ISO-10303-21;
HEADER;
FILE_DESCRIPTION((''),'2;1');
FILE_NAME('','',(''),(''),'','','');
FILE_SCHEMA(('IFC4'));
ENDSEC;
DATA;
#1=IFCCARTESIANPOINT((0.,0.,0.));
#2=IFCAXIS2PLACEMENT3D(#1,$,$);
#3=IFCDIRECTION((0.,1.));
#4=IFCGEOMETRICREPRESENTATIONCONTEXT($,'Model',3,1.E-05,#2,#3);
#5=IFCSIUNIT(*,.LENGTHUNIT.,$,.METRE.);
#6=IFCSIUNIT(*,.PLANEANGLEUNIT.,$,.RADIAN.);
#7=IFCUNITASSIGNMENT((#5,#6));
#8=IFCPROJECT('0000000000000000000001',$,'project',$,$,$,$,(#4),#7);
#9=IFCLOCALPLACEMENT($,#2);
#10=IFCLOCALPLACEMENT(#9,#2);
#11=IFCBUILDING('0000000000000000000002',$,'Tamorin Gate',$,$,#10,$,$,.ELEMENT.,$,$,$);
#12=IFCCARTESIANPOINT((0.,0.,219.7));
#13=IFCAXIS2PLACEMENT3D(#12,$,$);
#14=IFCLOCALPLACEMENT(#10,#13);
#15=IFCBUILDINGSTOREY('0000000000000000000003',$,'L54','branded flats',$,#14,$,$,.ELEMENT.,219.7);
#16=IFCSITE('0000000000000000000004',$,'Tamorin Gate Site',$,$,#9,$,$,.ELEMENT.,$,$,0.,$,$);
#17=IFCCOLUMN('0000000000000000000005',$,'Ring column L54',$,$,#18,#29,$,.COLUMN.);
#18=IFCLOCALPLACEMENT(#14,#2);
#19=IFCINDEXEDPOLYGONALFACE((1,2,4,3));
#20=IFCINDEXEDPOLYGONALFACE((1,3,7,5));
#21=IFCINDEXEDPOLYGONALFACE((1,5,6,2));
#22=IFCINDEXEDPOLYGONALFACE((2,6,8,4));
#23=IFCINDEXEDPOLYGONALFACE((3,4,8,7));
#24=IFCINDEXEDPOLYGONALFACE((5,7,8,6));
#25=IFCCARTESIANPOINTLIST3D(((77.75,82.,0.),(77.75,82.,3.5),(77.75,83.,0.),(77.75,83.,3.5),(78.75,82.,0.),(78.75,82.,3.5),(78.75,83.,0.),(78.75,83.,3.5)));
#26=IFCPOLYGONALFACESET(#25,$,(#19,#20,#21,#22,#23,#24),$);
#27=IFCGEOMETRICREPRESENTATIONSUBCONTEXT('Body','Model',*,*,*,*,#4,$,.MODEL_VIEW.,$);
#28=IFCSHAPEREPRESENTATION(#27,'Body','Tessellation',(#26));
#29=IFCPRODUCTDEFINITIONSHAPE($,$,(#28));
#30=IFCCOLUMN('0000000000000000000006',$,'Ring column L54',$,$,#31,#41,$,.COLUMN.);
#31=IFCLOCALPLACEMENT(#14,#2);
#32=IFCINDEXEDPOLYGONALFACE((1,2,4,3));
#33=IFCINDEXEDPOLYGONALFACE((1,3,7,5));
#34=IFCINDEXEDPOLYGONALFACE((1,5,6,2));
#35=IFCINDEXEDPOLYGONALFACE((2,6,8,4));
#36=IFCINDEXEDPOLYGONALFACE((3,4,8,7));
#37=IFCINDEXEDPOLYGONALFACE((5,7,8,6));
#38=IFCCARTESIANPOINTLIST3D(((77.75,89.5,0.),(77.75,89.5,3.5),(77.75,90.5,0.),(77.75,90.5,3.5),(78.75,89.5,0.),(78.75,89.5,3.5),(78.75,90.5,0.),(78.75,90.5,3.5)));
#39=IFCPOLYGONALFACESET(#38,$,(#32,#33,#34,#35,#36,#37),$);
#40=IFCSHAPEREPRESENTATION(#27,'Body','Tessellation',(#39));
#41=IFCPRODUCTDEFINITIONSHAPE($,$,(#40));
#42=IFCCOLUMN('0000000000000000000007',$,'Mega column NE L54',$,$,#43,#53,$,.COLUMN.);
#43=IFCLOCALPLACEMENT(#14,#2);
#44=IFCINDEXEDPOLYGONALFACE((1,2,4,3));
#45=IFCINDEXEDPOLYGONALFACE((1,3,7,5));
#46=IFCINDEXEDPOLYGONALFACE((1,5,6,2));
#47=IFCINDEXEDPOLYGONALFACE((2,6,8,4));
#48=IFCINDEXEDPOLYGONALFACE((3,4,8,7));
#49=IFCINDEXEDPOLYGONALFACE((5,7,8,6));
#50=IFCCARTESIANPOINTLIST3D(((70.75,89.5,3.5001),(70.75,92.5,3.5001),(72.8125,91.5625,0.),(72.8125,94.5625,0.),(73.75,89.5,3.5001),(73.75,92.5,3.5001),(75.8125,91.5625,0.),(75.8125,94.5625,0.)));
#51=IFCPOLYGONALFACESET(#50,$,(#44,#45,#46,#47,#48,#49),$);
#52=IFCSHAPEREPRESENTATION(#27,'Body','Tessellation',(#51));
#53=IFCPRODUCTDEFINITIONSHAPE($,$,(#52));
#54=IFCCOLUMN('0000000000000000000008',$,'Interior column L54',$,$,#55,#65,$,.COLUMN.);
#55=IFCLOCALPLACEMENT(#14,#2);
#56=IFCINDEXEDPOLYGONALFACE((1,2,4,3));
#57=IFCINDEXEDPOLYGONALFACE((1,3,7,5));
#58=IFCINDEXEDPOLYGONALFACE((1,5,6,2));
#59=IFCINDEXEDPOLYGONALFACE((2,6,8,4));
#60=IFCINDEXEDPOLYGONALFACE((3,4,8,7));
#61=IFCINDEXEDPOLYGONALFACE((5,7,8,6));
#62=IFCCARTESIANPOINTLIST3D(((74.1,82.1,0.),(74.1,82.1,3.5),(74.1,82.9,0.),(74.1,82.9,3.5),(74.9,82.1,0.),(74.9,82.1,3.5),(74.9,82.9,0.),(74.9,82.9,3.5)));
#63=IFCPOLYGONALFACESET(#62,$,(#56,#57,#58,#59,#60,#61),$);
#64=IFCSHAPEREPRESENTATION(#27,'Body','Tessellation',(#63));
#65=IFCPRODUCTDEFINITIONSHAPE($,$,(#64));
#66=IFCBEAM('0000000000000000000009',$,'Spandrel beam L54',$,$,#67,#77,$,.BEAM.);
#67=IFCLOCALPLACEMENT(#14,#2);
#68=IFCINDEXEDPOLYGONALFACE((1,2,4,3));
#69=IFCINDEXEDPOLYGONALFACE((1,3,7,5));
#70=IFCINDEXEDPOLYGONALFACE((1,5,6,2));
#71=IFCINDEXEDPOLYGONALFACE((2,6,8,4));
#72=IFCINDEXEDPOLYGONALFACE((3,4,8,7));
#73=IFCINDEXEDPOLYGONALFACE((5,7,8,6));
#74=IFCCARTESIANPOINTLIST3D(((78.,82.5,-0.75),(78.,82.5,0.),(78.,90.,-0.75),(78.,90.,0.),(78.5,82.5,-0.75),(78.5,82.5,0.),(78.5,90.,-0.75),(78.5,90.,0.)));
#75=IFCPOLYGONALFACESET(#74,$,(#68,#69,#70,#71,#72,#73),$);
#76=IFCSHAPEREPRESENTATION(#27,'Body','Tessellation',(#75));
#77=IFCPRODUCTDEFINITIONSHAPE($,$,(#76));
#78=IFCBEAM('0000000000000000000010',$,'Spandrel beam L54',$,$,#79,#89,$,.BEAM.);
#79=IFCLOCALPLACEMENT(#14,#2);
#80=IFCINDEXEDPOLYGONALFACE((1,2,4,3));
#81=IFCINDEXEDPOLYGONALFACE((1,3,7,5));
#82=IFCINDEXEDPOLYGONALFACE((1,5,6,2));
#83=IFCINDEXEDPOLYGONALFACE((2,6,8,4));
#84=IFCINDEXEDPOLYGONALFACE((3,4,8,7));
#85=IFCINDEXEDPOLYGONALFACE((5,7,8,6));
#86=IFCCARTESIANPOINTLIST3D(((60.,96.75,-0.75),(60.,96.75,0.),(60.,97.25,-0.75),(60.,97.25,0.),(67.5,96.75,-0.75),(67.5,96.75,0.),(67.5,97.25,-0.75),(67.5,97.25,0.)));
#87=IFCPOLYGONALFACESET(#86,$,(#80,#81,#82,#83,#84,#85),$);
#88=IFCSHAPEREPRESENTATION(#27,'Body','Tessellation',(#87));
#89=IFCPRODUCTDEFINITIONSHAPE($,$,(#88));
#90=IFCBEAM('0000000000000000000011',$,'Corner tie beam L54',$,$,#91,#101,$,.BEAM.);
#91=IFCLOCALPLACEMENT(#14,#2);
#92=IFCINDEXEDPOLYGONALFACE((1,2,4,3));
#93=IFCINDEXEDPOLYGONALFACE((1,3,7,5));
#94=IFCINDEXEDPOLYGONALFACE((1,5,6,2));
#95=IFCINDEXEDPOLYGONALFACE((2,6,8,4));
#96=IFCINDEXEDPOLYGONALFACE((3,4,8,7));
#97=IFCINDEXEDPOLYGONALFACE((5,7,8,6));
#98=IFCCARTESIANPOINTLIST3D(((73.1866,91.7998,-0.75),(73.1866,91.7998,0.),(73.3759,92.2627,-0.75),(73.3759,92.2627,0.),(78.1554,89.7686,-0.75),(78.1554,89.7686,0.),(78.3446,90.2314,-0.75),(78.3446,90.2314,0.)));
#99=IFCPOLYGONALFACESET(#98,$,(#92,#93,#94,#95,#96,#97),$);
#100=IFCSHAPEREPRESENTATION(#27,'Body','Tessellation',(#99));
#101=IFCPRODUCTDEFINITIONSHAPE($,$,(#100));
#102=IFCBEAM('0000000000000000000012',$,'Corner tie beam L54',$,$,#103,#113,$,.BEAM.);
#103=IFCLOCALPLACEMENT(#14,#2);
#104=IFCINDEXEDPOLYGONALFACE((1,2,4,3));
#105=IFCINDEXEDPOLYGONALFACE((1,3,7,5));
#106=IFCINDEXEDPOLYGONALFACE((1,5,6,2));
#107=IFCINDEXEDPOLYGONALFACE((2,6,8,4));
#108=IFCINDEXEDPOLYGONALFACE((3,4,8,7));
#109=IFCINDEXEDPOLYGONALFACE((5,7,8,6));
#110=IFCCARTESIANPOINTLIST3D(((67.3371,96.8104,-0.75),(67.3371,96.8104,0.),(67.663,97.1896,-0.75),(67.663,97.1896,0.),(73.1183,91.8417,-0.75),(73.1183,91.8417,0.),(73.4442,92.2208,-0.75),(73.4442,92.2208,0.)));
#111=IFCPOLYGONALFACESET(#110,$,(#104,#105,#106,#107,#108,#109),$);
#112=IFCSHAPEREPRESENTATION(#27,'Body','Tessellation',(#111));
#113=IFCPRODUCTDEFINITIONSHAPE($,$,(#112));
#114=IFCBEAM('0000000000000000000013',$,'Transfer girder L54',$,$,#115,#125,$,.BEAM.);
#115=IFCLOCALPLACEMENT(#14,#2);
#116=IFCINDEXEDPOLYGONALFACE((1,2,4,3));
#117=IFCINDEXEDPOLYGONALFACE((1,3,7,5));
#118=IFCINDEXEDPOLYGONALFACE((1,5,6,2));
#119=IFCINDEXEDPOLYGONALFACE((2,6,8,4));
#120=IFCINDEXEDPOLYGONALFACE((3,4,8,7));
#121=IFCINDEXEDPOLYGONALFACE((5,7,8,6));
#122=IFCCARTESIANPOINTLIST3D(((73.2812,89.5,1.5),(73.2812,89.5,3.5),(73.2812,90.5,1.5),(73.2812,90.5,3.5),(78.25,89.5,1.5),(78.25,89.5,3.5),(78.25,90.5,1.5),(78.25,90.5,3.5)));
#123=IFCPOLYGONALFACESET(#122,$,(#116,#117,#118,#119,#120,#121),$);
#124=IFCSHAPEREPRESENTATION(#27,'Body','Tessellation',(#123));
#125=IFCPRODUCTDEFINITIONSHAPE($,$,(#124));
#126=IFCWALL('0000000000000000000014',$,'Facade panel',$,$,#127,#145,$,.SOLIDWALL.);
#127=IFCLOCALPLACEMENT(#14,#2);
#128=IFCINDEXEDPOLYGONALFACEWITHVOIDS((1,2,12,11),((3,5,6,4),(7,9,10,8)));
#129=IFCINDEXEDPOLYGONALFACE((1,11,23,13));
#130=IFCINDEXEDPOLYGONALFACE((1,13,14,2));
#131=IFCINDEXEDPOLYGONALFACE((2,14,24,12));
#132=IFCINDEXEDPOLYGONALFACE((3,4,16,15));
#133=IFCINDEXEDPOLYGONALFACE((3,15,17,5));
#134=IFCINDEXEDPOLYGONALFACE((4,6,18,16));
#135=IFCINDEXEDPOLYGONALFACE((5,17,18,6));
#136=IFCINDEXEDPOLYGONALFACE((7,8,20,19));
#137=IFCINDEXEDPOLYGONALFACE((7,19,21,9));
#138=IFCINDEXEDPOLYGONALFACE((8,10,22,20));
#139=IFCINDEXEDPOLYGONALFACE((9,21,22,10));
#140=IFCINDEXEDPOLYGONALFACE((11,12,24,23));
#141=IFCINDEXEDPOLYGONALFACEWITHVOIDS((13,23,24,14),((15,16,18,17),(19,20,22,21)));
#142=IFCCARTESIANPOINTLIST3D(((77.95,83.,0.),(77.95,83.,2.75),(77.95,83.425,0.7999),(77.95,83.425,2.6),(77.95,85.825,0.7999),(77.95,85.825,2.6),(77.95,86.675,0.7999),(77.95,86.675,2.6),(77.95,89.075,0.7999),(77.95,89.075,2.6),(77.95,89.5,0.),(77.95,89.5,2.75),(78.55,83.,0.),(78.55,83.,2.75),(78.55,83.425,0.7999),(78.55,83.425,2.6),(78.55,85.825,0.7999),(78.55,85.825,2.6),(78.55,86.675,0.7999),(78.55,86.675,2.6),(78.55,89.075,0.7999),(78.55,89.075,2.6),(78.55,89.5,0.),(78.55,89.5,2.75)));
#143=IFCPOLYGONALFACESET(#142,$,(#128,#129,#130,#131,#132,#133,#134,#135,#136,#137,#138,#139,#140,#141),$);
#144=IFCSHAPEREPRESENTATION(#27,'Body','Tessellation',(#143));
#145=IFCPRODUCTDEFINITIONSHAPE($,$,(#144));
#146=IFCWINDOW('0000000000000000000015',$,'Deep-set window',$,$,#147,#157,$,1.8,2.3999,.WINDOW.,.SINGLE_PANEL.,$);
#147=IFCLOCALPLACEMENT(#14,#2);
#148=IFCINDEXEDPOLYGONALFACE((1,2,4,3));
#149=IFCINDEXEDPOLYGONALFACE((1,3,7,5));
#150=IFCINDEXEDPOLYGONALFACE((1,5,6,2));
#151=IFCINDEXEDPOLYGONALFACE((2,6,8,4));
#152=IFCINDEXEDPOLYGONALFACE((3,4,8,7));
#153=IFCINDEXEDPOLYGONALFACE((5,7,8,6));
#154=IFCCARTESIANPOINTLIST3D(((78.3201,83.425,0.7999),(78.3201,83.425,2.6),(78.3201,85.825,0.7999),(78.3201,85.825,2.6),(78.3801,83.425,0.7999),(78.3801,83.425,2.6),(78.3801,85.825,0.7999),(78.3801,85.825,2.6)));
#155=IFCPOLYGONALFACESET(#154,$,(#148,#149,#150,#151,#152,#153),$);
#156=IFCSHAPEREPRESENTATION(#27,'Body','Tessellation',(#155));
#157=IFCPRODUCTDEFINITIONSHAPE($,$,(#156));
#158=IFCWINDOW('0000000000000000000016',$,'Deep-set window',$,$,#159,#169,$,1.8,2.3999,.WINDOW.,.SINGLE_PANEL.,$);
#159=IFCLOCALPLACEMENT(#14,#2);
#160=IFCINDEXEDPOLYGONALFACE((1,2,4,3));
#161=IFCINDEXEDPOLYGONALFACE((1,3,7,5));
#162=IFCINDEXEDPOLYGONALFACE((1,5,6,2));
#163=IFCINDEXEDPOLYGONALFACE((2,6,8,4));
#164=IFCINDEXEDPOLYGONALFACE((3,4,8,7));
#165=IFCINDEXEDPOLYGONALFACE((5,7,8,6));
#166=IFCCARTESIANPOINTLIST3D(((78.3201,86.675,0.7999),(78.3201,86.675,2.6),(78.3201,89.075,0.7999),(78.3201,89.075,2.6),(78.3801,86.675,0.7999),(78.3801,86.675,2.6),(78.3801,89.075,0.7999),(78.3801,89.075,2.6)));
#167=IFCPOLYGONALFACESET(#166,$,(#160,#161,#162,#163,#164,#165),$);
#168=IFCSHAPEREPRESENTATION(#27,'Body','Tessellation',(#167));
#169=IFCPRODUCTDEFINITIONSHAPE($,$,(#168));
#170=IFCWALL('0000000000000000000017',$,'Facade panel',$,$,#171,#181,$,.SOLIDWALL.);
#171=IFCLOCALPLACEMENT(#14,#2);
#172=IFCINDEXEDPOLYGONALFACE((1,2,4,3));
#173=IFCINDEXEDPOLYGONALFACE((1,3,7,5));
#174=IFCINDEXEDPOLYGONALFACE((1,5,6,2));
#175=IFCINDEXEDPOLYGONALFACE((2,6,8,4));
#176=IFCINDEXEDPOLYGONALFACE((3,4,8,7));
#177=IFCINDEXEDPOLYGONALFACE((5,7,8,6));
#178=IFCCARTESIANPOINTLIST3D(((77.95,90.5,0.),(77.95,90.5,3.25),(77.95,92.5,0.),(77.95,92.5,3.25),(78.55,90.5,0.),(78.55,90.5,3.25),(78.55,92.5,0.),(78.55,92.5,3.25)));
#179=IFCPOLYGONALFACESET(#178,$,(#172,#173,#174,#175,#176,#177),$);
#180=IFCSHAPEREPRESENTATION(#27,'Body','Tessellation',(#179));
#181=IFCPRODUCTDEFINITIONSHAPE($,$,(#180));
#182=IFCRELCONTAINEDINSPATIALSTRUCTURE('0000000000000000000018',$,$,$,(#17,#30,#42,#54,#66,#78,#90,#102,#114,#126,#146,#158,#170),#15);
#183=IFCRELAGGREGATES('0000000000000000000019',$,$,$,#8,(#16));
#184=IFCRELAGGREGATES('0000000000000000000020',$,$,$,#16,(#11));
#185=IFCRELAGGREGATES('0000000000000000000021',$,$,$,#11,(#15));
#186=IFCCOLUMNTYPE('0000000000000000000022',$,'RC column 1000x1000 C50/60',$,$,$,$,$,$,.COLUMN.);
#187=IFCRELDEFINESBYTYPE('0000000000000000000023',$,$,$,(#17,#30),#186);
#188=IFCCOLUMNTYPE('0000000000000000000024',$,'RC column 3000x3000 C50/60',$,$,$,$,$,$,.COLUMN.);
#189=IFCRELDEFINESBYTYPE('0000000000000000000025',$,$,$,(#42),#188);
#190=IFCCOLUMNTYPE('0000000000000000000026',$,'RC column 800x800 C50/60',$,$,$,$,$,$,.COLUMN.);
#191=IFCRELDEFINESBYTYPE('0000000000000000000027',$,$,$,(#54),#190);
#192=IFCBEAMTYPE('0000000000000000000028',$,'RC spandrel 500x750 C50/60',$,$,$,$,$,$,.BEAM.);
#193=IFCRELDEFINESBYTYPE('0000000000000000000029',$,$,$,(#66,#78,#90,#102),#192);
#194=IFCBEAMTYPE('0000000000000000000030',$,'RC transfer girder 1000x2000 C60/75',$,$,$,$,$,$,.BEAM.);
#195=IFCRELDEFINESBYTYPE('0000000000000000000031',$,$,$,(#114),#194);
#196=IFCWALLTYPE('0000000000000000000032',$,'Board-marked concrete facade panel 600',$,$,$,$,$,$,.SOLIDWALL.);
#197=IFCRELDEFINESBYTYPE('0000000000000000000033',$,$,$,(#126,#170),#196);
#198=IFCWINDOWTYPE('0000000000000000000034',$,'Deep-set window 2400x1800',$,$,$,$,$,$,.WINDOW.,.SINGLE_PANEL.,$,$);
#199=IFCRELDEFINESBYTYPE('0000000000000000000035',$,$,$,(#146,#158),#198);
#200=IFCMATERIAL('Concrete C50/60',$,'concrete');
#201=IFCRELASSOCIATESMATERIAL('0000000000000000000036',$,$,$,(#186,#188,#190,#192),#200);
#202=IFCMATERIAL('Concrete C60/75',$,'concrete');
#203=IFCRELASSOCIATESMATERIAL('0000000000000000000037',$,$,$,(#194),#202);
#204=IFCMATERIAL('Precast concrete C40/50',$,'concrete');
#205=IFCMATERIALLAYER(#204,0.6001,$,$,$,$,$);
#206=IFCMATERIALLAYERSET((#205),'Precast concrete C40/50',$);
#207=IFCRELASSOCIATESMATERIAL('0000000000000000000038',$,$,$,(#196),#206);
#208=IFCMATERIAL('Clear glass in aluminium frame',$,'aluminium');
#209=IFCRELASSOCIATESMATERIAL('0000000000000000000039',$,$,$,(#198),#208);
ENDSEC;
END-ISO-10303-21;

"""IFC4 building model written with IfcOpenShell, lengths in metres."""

from ifc_helpers import new_model, si_unit, direction, frame, frame_2d, origin, origin_2d, place, context, subcontext, project, spatial, rectangle, extrude, material, layer, layer_set, material_profile, profile_set, type_object, element, fill, save


model = new_model("IFC4")

# Units and contexts
model_context = context("Model", 3, precision=1e-05, world=origin(), true_north=direction((0.0, 1.0)))
body_context = subcontext(model_context, "Body", "Model", "MODEL_VIEW")
ifc_project = project(units=[si_unit("LENGTHUNIT", "METRE"), si_unit("PLANEANGLEUNIT", "RADIAN")], contexts=[model_context])

# Site, building, storey
site_placement = place(None, origin())
site = spatial("IfcSite", under=ifc_project, at=site_placement, Name="Tamorin Gate Site", CompositionType="ELEMENT", RefElevation=0.0)
building_placement = place(site_placement, origin())
building = spatial("IfcBuilding", under=site, at=building_placement, Name="Tamorin Gate", CompositionType="ELEMENT")
storey_placement = place(building_placement, frame((0.0, 0.0, 219.7)))
storey = spatial("IfcBuildingStorey", under=building, at=storey_placement, Name="L54", Description="branded flats", CompositionType="ELEMENT", Elevation=219.7)

# Columns
ifc_material_1 = material(Name="Concrete C50/60", Category="concrete")
ifc_material_profile_1 = material_profile(ifc_material_1, rectangle(XDim=1.0, YDim=1.0, at=origin_2d()), Name="RC 1000x1000")
ifc_profile_set_1 = profile_set([ifc_material_profile_1], Name="Concrete C50/60")
column_type_1 = type_object("IfcColumnType", Name="RC column 1000x1000 C50/60", PredefinedType="COLUMN", material=ifc_profile_set_1)
for number, where, z_axis, x_axis, name in (
    (1, (78.25, 82.5, 0.0), (0.0, 0.0, 1.0), (1.0, 0.0, 0.0), "Ring column L54"),
    (2, (78.25, 90.0, 0.0), (0.0, 0.0, 1.0), (1.0, 0.0, 0.0), "Ring column L54"),
):
    element("IfcColumn", number, at=place(storey_placement, frame(where, z_axis=z_axis, x_axis=x_axis)), inside=storey, type_object=column_type_1, Name=name, PredefinedType="COLUMN", context=body_context, shape_type="SweptSolid", body=[
        extrude(rectangle(XDim=1.0, YDim=1.0, at=origin_2d()), origin(), (0.0, 0.0, 1.0), 3.5),
    ])
ifc_material_profile_2 = material_profile(ifc_material_1, rectangle(XDim=3.0, YDim=3.0, at=origin_2d()), Name="RC 3000x3000")
ifc_profile_set_2 = profile_set([ifc_material_profile_2], Name="Concrete C50/60")
column_type_2 = type_object("IfcColumnType", Name="RC column 3000x3000 C50/60", PredefinedType="COLUMN", material=ifc_profile_set_2)
column_1_placement = place(storey_placement, frame((74.3125, 93.0625, 0.0), z_axis=(0.0, 0.0, 1.0), x_axis=(-1.0, 0.0, 0.0)))
element("IfcColumn", 3, at=column_1_placement, inside=storey, type_object=column_type_2, Name="Mega column NE L54", PredefinedType="COLUMN", context=body_context, shape_type="SweptSolid", body=[
    extrude(rectangle(XDim=3.0, YDim=3.0, at=origin_2d()), origin(), (0.452692, 0.452692, 0.768205), 4.5562),
])
ifc_material_profile_3 = material_profile(ifc_material_1, rectangle(XDim=0.8, YDim=0.8, at=origin_2d()), Name="RC 800x800")
ifc_profile_set_3 = profile_set([ifc_material_profile_3], Name="Concrete C50/60")
column_type_3 = type_object("IfcColumnType", Name="RC column 800x800 C50/60", PredefinedType="COLUMN", material=ifc_profile_set_3)
column_2_placement = place(storey_placement, frame((74.5, 82.5, 0.0), z_axis=(0.0, 0.0, 1.0), x_axis=(1.0, 0.0, 0.0)))
element("IfcColumn", 4, at=column_2_placement, inside=storey, type_object=column_type_3, Name="Interior column L54", PredefinedType="COLUMN", context=body_context, shape_type="SweptSolid", body=[
    extrude(rectangle(XDim=0.8, YDim=0.8, at=origin_2d()), origin(), (0.0, 0.0, 1.0), 3.5),
])

# Beams
ifc_material_profile_4 = material_profile(ifc_material_1, rectangle(XDim=0.5, YDim=0.75, at=origin_2d()), Name="RC 500x750")
ifc_profile_set_4 = profile_set([ifc_material_profile_4], Name="Concrete C50/60")
beam_type_1 = type_object("IfcBeamType", Name="RC spandrel 500x750 C50/60", PredefinedType="BEAM", material=ifc_profile_set_4)
for number, where, z_axis, x_axis, name in (
    (5, (78.25, 82.5, -0.375), (0.0, 1.0, 0.0), (-1.0, 0.0, 0.0), "Spandrel beam L54"),
    (6, (67.5, 97.0, -0.375), (-1.0, 0.0, 0.0), (0.0, -1.0, 0.0), "Spandrel beam L54"),
):
    element("IfcBeam", number, at=place(storey_placement, frame(where, z_axis=z_axis, x_axis=x_axis)), inside=storey, type_object=beam_type_1, Name=name, PredefinedType="BEAM", context=body_context, shape_type="SweptSolid", body=[
        extrude(rectangle(XDim=0.5, YDim=0.75, at=origin_2d()), origin(), (0.0, 0.0, 1.0), 7.5),
    ])
beam_1_placement = place(storey_placement, frame((73.2812, 92.0312, -0.375), z_axis=(0.92564, -0.378406, 0.0), x_axis=(0.378406, 0.92564, 0.0)))
element("IfcBeam", 7, at=beam_1_placement, inside=storey, type_object=beam_type_1, Name="Corner tie beam L54", PredefinedType="BEAM", context=body_context, shape_type="SweptSolid", body=[
    extrude(rectangle(XDim=0.5, YDim=0.75, at=origin_2d()), origin(), (0.0, 0.0, 1.0), 5.3679),
])
beam_2_placement = place(storey_placement, frame((73.2812, 92.0312, -0.375), z_axis=(-0.758388, 0.651804, 0.0), x_axis=(-0.651804, -0.758388, 0.0)))
element("IfcBeam", 8, at=beam_2_placement, inside=storey, type_object=beam_type_1, Name="Corner tie beam L54", PredefinedType="BEAM", context=body_context, shape_type="SweptSolid", body=[
    extrude(rectangle(XDim=0.5, YDim=0.75, at=origin_2d()), origin(), (0.0, 0.0, 1.0), 7.623),
])
ifc_material_2 = material(Name="Concrete C60/75", Category="concrete")
ifc_material_profile_5 = material_profile(ifc_material_2, rectangle(XDim=1.0, YDim=2.0, at=origin_2d()), Name="RC 1000x2000")
ifc_profile_set_5 = profile_set([ifc_material_profile_5], Name="Concrete C60/75")
beam_type_2 = type_object("IfcBeamType", Name="RC transfer girder 1000x2000 C60/75", PredefinedType="BEAM", material=ifc_profile_set_5)
beam_3_placement = place(storey_placement, frame((73.2812, 90.0, 2.5), z_axis=(1.0, 0.0, 0.0), x_axis=(0.0, 1.0, 0.0)))
element("IfcBeam", 9, at=beam_3_placement, inside=storey, type_object=beam_type_2, Name="Transfer girder L54", PredefinedType="BEAM", context=body_context, shape_type="SweptSolid", body=[
    extrude(rectangle(XDim=1.0, YDim=2.0, at=origin_2d()), origin(), (0.0, 0.0, 1.0), 4.9688),
])

# Wall, openings, windows
ifc_material_3 = material(Name="Precast concrete C40/50", Category="concrete")
ifc_layer_1 = layer(ifc_material_3, 0.6001)
ifc_layer_set_1 = layer_set([ifc_layer_1], Name="Precast concrete C40/50")
wall_type_1 = type_object("IfcWallType", Name="Board-marked concrete facade panel 600", PredefinedType="SOLIDWALL", material=ifc_layer_set_1)
wall_1_placement = place(storey_placement, frame((78.25, 83.0, 0.0), z_axis=(0.0, 0.0, 1.0), x_axis=(0.0, 1.0, 0.0)))
wall_1 = element("IfcWall", 10, at=wall_1_placement, inside=storey, type_object=wall_type_1, Name="Facade panel", PredefinedType="SOLIDWALL", context=body_context, shape_type="SweptSolid", body=[
    extrude(rectangle(XDim=6.5, YDim=0.6001, at=frame_2d((3.25, 0.0))), origin(), (0.0, 0.0, 1.0), 2.75),
])
opening_1_placement = place(wall_1_placement, frame((0.425, 0.0, 0.8)))
opening_1 = element("IfcOpeningElement", 11, at=opening_1_placement, cuts=wall_1, PredefinedType="OPENING", context=body_context, shape_type="SweptSolid", body=[
    extrude(rectangle(XDim=2.3999, YDim=1.8, at=frame_2d((1.2, 0.8999))), frame((0.0, 0.3101, 0.0), z_axis=(0.0, -1.0, 0.0), x_axis=(1.0, 0.0, 0.0)), (0.0, 0.0, 1.0), 0.6201),
])
opening_2_placement = place(wall_1_placement, frame((3.675, 0.0, 0.8)))
opening_2 = element("IfcOpeningElement", 12, at=opening_2_placement, cuts=wall_1, PredefinedType="OPENING", context=body_context, shape_type="SweptSolid", body=[
    extrude(rectangle(XDim=2.3999, YDim=1.8, at=frame_2d((1.2, 0.8999))), frame((0.0, 0.3101, 0.0), z_axis=(0.0, -1.0, 0.0), x_axis=(1.0, 0.0, 0.0)), (0.0, 0.0, 1.0), 0.6201),
])
ifc_material_4 = material(Name="Clear glass in aluminium frame", Category="aluminium")
window_type_1 = type_object("IfcWindowType", Name="Deep-set window 2400x1800", PartitioningType="SINGLE_PANEL", PredefinedType="WINDOW", material=ifc_material_4)
window_1_placement = place(opening_1_placement, origin())
window_1 = element("IfcWindow", 13, at=window_1_placement, inside=storey, type_object=window_type_1, Name="Deep-set window", OverallHeight=1.8, OverallWidth=2.3999, PartitioningType="SINGLE_PANEL", PredefinedType="WINDOW", context=body_context, shape_type="SweptSolid", body=[
    extrude(rectangle(XDim=2.3999, YDim=1.8, at=frame_2d((1.2, 0.8999))), frame((0.0, -0.0701, 0.0), z_axis=(0.0, -1.0, 0.0), x_axis=(1.0, 0.0, 0.0)), (0.0, 0.0, 1.0), 0.0601),
])
fill(opening_1, window_1)
window_2_placement = place(opening_2_placement, origin())
window_2 = element("IfcWindow", 14, at=window_2_placement, inside=storey, type_object=window_type_1, Name="Deep-set window", OverallHeight=1.8, OverallWidth=2.3999, PartitioningType="SINGLE_PANEL", PredefinedType="WINDOW", context=body_context, shape_type="SweptSolid", body=[
    extrude(rectangle(XDim=2.3999, YDim=1.8, at=frame_2d((1.2, 0.8999))), frame((0.0, -0.0701, 0.0), z_axis=(0.0, -1.0, 0.0), x_axis=(1.0, 0.0, 0.0)), (0.0, 0.0, 1.0), 0.0601),
])
fill(opening_2, window_2)

# Wall
wall_2_placement = place(storey_placement, frame((78.25, 90.5, 0.0), z_axis=(0.0, 0.0, 1.0), x_axis=(0.0, 1.0, 0.0)))
element("IfcWall", 15, at=wall_2_placement, inside=storey, type_object=wall_type_1, Name="Facade panel", PredefinedType="SOLIDWALL", context=body_context, shape_type="SweptSolid", body=[
    extrude(rectangle(XDim=2.0, YDim=0.6001, at=frame_2d((1.0, 0.0))), origin(), (0.0, 0.0, 1.0), 3.25),
])

save(model, "model.ifc")
